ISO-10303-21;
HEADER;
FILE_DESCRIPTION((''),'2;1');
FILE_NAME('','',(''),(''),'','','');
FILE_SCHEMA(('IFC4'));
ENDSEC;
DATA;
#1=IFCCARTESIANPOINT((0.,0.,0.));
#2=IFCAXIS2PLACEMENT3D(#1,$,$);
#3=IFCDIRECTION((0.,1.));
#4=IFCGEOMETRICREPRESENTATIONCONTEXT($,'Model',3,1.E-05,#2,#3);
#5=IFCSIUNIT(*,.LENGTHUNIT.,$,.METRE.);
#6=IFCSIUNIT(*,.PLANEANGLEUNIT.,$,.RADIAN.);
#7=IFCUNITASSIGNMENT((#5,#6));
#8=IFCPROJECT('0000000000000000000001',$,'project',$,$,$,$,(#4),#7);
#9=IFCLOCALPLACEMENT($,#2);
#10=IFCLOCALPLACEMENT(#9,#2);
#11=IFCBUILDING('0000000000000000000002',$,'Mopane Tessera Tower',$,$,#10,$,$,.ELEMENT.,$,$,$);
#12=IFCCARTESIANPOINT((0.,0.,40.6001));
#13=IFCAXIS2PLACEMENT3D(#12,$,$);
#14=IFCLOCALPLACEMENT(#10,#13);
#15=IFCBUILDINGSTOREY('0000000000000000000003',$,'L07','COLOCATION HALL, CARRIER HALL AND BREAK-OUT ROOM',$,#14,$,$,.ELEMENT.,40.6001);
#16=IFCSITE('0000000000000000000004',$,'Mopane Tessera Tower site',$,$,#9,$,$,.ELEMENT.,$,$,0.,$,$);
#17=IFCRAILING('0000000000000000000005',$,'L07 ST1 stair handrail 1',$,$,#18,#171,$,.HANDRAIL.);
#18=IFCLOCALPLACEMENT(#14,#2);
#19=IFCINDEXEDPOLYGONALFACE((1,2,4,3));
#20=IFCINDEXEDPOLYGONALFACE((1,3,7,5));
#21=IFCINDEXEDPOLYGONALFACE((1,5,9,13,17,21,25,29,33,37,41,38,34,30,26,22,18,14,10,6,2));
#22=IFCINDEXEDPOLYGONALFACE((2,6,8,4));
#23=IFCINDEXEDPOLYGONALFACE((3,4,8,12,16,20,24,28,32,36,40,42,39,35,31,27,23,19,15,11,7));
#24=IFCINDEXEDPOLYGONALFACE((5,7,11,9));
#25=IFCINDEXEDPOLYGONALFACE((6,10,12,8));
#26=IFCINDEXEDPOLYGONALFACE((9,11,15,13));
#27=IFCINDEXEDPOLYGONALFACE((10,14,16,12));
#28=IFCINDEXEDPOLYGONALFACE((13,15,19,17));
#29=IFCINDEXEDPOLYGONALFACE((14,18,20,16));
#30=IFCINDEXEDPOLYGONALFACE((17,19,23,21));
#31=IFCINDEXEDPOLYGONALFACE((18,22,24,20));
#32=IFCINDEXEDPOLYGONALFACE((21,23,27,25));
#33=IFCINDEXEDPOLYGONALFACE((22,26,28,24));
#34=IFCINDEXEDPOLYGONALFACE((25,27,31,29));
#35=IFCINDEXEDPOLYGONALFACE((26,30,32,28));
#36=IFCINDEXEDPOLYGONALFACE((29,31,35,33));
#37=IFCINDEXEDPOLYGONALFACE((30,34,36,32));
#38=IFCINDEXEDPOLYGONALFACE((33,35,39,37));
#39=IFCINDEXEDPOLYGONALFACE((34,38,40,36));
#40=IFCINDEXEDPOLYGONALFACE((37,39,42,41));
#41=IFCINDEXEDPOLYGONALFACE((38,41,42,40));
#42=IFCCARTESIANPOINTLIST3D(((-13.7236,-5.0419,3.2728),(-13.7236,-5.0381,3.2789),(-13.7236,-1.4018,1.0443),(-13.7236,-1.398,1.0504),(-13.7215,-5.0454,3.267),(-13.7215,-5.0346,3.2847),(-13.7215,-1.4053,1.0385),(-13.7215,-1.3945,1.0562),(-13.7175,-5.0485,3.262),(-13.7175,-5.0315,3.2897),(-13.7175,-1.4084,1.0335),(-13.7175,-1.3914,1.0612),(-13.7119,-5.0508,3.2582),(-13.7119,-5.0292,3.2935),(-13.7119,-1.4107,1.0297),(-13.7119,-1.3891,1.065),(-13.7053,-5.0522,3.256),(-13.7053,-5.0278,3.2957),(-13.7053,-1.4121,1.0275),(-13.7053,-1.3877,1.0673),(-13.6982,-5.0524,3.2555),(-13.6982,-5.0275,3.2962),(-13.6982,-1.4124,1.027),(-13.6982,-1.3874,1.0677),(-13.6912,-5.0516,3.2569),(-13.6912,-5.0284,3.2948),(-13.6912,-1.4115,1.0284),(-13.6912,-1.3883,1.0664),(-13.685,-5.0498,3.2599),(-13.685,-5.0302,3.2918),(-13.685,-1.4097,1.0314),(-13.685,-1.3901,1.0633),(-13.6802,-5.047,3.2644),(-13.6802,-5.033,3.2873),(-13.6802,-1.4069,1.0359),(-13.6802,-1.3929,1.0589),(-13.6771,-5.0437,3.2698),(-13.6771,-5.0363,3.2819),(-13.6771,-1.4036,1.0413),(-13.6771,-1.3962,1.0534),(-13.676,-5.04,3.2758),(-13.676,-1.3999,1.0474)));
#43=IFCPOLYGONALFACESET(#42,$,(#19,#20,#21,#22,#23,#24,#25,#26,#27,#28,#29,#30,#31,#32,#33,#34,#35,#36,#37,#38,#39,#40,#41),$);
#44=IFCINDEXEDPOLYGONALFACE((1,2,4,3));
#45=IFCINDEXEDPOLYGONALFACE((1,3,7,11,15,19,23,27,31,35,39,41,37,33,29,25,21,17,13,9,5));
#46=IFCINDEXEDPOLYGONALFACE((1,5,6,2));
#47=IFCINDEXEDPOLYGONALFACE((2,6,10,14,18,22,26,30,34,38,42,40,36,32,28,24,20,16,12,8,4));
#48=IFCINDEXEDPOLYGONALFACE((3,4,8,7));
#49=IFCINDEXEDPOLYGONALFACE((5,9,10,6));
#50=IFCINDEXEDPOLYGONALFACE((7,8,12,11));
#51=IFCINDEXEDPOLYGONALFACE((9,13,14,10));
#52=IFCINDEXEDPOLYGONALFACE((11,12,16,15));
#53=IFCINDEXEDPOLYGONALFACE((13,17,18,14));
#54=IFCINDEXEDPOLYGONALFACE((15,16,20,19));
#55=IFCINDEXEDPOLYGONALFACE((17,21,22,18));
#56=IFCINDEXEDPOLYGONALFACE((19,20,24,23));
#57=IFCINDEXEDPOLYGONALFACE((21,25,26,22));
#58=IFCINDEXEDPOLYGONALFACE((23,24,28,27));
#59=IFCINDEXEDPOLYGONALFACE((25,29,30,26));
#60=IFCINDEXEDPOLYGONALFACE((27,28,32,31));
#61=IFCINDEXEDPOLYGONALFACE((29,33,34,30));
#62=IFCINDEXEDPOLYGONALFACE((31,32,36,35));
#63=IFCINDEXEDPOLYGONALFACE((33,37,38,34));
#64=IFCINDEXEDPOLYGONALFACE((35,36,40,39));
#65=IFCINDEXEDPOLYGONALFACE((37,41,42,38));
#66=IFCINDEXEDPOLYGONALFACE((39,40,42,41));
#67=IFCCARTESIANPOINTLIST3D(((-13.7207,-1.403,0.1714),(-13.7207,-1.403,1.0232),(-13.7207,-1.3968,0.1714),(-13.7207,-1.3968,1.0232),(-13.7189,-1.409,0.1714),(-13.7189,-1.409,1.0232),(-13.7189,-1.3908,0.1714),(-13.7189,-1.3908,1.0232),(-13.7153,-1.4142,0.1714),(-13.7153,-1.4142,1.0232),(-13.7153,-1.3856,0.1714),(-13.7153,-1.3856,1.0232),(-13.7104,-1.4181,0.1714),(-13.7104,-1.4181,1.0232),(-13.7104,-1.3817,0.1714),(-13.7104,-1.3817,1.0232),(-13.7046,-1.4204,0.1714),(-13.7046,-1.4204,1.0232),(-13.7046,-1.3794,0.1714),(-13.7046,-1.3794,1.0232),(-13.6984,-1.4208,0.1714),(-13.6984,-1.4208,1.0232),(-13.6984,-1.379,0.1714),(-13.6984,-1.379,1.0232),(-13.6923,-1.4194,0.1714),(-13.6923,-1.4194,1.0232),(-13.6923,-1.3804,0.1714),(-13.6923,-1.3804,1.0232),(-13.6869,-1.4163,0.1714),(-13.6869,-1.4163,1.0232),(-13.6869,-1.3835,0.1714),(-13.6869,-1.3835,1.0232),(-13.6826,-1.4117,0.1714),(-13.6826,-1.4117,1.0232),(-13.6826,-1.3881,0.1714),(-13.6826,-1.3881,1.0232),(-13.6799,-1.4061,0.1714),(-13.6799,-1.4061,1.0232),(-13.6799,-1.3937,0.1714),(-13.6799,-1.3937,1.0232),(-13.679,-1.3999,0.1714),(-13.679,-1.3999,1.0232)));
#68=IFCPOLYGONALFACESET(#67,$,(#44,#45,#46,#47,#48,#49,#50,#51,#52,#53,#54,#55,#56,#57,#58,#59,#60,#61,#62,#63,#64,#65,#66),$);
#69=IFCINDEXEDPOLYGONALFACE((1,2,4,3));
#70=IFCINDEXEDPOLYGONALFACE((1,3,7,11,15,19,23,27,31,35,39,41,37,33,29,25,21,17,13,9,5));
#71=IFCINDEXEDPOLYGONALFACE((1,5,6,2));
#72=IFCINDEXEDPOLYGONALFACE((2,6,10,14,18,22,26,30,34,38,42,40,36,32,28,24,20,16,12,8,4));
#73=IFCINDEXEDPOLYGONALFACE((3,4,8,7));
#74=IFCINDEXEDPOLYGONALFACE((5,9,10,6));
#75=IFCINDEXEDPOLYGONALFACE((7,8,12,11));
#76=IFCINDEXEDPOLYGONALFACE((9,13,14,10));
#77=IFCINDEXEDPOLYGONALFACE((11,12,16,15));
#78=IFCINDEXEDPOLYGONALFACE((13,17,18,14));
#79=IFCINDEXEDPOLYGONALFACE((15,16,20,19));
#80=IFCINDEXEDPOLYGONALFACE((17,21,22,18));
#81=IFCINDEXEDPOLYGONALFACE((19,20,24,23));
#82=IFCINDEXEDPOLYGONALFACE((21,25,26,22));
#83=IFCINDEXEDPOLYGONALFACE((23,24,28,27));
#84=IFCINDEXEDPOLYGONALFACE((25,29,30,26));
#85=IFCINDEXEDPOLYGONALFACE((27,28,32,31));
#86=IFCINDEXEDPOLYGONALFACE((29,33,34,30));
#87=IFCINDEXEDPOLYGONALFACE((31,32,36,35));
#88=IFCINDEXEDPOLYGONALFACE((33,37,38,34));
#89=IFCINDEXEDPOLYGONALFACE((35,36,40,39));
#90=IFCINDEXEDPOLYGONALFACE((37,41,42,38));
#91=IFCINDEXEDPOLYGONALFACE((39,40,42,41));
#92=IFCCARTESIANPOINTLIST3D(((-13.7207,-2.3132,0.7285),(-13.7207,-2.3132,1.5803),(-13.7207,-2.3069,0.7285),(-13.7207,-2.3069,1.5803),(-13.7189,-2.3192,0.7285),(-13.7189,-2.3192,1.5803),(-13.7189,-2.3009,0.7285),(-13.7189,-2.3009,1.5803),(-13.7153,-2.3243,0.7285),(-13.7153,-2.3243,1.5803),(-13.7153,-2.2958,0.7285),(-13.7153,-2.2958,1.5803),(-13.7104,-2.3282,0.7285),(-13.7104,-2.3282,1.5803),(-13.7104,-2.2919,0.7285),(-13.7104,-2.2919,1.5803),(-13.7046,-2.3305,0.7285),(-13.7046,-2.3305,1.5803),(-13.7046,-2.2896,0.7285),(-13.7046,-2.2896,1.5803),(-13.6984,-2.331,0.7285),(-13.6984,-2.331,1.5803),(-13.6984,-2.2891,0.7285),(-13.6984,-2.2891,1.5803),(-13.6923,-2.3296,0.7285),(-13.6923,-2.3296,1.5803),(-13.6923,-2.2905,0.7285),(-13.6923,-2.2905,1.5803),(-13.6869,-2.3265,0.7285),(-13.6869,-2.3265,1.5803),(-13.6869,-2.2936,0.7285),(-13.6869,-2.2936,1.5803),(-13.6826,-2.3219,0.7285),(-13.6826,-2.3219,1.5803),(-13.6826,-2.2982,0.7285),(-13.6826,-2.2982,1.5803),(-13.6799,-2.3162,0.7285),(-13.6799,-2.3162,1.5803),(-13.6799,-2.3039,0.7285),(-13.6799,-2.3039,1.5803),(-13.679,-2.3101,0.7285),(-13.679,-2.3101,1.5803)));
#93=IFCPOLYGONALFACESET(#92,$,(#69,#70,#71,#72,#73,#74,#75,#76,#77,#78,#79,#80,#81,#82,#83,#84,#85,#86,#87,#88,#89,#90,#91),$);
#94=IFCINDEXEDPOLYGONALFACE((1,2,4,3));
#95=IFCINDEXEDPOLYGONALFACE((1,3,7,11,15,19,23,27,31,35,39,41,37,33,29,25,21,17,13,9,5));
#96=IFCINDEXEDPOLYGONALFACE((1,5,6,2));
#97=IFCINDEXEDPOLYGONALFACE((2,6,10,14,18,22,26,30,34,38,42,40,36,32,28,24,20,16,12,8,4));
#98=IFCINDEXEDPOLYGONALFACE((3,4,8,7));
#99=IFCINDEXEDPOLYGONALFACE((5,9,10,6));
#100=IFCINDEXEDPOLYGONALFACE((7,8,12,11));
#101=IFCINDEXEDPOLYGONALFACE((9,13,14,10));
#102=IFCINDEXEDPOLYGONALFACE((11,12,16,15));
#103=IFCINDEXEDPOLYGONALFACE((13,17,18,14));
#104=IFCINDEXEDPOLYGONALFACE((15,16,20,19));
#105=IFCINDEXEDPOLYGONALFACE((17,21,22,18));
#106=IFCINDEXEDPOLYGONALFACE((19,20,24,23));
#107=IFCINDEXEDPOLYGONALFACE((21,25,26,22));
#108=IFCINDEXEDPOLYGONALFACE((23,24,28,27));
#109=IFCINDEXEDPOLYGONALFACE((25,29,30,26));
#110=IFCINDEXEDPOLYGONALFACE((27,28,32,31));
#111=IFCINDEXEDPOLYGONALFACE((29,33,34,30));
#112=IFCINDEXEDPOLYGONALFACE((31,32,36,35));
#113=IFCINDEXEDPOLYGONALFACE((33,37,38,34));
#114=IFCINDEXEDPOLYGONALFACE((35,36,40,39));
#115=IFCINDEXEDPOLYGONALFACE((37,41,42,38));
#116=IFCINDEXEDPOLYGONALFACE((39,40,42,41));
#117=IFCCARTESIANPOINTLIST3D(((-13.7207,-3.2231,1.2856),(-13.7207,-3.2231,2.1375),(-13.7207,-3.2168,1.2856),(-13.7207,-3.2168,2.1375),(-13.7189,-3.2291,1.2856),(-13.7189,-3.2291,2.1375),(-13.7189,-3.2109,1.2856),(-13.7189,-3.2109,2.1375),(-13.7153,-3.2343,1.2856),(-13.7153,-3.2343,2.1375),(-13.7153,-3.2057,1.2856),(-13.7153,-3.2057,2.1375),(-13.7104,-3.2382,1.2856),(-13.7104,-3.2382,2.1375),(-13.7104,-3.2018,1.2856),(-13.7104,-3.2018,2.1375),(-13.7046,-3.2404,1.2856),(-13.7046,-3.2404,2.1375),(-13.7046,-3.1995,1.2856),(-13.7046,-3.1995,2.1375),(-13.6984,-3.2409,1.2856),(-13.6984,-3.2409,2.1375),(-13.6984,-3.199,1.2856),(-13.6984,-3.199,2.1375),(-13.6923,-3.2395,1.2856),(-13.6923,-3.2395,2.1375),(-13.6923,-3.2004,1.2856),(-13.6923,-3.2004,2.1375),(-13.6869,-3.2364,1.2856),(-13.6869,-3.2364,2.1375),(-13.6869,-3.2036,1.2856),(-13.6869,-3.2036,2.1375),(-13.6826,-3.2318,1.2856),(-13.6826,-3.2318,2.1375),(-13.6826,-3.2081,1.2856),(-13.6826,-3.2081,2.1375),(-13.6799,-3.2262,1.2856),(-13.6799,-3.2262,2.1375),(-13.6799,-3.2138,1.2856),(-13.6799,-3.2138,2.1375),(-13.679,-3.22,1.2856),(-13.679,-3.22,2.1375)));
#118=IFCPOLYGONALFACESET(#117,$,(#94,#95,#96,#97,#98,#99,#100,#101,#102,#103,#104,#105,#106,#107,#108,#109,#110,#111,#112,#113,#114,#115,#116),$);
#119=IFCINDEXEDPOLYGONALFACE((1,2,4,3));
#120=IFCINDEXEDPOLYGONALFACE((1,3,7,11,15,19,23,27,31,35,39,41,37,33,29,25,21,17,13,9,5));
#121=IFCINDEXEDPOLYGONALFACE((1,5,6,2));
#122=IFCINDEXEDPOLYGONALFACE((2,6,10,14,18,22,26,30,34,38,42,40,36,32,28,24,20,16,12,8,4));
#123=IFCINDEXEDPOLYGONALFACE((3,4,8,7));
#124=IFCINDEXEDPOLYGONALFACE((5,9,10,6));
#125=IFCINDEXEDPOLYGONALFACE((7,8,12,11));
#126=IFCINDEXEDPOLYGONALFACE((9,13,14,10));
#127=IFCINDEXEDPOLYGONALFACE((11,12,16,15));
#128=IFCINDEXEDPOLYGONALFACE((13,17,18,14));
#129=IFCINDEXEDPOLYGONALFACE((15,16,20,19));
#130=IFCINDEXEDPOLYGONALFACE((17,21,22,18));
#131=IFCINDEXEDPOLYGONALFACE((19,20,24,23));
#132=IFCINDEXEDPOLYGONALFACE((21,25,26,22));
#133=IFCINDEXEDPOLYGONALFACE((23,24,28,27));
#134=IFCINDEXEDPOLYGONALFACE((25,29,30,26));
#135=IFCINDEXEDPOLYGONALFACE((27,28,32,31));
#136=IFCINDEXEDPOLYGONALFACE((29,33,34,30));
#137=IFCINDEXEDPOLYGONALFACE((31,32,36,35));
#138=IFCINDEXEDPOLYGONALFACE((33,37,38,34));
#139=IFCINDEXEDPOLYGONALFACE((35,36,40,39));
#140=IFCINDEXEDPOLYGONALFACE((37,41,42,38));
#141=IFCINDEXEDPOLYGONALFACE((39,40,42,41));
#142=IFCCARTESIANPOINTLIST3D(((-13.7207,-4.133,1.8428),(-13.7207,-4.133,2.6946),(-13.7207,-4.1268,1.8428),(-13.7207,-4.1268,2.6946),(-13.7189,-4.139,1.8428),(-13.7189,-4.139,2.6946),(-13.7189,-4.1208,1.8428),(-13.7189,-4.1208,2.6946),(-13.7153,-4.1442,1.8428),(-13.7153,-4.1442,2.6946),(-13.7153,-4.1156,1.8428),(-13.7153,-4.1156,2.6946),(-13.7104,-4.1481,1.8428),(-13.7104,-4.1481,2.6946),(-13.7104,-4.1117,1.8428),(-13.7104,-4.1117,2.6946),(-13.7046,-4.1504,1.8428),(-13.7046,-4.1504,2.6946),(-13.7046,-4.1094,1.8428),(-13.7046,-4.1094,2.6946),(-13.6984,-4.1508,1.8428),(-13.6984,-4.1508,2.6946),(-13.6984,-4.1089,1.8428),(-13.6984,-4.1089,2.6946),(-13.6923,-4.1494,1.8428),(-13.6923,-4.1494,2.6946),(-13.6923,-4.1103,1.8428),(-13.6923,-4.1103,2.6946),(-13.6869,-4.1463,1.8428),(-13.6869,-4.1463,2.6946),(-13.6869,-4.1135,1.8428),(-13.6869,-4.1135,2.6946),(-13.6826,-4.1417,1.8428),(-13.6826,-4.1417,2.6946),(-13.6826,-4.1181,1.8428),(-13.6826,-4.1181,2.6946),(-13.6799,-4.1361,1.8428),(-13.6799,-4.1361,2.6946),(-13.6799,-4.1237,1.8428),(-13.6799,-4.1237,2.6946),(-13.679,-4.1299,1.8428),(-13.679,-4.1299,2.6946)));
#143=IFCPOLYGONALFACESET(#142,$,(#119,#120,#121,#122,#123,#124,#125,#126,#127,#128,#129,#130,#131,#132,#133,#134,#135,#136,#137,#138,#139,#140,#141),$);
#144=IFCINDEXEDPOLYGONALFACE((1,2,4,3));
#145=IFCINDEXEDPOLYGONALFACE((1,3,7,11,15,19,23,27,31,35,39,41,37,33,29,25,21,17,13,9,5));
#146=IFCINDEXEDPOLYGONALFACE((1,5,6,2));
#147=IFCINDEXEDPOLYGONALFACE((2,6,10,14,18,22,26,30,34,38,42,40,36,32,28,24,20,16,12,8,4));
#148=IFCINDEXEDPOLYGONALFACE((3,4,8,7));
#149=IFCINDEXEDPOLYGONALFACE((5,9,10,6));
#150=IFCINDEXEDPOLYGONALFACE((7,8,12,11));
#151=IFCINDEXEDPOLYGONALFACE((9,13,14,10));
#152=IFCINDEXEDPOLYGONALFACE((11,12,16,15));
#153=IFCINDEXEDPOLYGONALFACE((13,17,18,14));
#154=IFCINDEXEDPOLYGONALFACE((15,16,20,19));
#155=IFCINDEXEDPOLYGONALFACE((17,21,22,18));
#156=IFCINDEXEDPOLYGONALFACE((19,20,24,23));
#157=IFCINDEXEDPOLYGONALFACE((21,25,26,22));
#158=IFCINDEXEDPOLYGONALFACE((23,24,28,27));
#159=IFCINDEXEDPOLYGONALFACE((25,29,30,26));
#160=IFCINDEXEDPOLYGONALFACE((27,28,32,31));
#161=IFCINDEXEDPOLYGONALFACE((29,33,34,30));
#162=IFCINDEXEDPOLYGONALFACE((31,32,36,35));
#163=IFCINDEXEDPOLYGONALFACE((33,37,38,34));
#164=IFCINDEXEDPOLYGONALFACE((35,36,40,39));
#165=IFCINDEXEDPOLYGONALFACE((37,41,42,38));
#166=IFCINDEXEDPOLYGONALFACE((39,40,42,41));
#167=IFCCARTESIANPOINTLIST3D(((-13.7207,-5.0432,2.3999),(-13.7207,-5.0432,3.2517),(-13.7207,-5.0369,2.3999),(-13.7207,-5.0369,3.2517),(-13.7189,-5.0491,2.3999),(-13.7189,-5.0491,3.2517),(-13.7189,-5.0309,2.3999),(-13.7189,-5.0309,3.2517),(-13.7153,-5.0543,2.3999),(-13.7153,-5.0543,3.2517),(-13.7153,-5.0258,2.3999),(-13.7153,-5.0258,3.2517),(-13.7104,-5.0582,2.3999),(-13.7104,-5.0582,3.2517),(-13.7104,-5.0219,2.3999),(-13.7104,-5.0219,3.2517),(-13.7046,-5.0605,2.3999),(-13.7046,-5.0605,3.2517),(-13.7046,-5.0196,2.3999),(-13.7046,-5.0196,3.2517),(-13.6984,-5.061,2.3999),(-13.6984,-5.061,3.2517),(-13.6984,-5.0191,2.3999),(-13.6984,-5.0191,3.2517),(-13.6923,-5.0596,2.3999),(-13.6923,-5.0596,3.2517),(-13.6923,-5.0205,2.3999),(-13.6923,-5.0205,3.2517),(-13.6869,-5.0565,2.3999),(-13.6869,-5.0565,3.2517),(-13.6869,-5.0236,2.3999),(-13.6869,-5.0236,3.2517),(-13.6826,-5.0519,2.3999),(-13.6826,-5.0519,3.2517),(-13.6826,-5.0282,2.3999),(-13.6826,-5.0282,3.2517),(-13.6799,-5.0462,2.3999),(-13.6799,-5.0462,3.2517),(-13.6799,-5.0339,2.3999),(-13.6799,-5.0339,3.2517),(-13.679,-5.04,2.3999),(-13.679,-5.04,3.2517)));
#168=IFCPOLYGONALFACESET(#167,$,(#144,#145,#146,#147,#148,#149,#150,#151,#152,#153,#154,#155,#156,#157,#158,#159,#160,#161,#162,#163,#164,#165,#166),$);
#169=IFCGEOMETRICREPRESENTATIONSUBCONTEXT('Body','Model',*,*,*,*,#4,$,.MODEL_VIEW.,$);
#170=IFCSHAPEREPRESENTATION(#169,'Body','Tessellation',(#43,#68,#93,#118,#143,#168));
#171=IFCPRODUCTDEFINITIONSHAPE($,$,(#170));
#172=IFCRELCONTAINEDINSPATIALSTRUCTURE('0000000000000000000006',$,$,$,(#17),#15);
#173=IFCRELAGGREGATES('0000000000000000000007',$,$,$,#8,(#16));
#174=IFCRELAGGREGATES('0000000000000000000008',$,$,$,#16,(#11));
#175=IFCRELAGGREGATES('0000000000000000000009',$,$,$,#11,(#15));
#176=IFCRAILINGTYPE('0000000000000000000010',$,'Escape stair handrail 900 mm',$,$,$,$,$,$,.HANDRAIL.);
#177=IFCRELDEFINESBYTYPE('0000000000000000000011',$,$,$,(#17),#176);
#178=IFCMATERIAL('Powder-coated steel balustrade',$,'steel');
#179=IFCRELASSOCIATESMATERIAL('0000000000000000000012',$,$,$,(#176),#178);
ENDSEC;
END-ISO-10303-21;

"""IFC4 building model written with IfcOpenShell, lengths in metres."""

from ifc_helpers import new_model, si_unit, direction, frame, origin, origin_2d, place, context, subcontext, project, spatial, circle, extrude, material, type_object, element, save


model = new_model("IFC4")

# Units and contexts
model_context = context("Model", 3, precision=1e-05, world=origin(), true_north=direction((0.0, 1.0)))
body_context = subcontext(model_context, "Body", "Model", "MODEL_VIEW")
ifc_project = project(units=[si_unit("LENGTHUNIT", "METRE"), si_unit("PLANEANGLEUNIT", "RADIAN")], contexts=[model_context])

# Site, building, storey
site_placement = place(None, origin())
site = spatial("IfcSite", under=ifc_project, at=site_placement, Name="Mopane Tessera Tower site", CompositionType="ELEMENT", RefElevation=0.0)
building_placement = place(site_placement, origin())
building = spatial("IfcBuilding", under=site, at=building_placement, Name="Mopane Tessera Tower", CompositionType="ELEMENT")
storey_placement = place(building_placement, frame((0.0, 0.0, 40.6001)))
storey = spatial("IfcBuildingStorey", under=building, at=storey_placement, Name="L07", Description="COLOCATION HALL, CARRIER HALL AND BREAK-OUT ROOM", CompositionType="ELEMENT", Elevation=40.6001)

# Railing
ifc_material_1 = material(Name="Powder-coated steel balustrade", Category="steel")
railing_type_1 = type_object("IfcRailingType", Name="Escape stair handrail 900 mm", PredefinedType="HANDRAIL", material=ifc_material_1)
railing_1_placement = place(storey_placement, frame((-13.7, -1.3999, 0.1714)))
element("IfcRailing", 1, at=railing_1_placement, inside=storey, type_object=railing_type_1, Name="L07 ST1 stair handrail 1", PredefinedType="HANDRAIL", context=body_context, shape_type="SweptSolid", body=[
    extrude(circle(Radius=0.0239, at=origin_2d()), frame((0.0, 0.0, 0.876), z_axis=(0.0, -0.852866, 0.52213), x_axis=(1.0, 0.0, 0.0)), (0.0, 0.0, 1.0), 4.2681),
    extrude(circle(Radius=0.021, at=origin_2d()), origin(), (0.0, 0.0, 1.0), 0.8518),
    extrude(circle(Radius=0.021, at=origin_2d()), frame((0.0, -0.9102, 0.5571)), (0.0, 0.0, 1.0), 0.8518),
    extrude(circle(Radius=0.021, at=origin_2d()), frame((0.0, -1.8201, 1.1143)), (0.0, 0.0, 1.0), 0.8518),
    extrude(circle(Radius=0.021, at=origin_2d()), frame((0.0, -2.73, 1.6714)), (0.0, 0.0, 1.0), 0.8518),
    extrude(circle(Radius=0.021, at=origin_2d()), frame((0.0, -3.6401, 2.2285)), (0.0, 0.0, 1.0), 0.8518),
])

save(model, "model.ifc")
